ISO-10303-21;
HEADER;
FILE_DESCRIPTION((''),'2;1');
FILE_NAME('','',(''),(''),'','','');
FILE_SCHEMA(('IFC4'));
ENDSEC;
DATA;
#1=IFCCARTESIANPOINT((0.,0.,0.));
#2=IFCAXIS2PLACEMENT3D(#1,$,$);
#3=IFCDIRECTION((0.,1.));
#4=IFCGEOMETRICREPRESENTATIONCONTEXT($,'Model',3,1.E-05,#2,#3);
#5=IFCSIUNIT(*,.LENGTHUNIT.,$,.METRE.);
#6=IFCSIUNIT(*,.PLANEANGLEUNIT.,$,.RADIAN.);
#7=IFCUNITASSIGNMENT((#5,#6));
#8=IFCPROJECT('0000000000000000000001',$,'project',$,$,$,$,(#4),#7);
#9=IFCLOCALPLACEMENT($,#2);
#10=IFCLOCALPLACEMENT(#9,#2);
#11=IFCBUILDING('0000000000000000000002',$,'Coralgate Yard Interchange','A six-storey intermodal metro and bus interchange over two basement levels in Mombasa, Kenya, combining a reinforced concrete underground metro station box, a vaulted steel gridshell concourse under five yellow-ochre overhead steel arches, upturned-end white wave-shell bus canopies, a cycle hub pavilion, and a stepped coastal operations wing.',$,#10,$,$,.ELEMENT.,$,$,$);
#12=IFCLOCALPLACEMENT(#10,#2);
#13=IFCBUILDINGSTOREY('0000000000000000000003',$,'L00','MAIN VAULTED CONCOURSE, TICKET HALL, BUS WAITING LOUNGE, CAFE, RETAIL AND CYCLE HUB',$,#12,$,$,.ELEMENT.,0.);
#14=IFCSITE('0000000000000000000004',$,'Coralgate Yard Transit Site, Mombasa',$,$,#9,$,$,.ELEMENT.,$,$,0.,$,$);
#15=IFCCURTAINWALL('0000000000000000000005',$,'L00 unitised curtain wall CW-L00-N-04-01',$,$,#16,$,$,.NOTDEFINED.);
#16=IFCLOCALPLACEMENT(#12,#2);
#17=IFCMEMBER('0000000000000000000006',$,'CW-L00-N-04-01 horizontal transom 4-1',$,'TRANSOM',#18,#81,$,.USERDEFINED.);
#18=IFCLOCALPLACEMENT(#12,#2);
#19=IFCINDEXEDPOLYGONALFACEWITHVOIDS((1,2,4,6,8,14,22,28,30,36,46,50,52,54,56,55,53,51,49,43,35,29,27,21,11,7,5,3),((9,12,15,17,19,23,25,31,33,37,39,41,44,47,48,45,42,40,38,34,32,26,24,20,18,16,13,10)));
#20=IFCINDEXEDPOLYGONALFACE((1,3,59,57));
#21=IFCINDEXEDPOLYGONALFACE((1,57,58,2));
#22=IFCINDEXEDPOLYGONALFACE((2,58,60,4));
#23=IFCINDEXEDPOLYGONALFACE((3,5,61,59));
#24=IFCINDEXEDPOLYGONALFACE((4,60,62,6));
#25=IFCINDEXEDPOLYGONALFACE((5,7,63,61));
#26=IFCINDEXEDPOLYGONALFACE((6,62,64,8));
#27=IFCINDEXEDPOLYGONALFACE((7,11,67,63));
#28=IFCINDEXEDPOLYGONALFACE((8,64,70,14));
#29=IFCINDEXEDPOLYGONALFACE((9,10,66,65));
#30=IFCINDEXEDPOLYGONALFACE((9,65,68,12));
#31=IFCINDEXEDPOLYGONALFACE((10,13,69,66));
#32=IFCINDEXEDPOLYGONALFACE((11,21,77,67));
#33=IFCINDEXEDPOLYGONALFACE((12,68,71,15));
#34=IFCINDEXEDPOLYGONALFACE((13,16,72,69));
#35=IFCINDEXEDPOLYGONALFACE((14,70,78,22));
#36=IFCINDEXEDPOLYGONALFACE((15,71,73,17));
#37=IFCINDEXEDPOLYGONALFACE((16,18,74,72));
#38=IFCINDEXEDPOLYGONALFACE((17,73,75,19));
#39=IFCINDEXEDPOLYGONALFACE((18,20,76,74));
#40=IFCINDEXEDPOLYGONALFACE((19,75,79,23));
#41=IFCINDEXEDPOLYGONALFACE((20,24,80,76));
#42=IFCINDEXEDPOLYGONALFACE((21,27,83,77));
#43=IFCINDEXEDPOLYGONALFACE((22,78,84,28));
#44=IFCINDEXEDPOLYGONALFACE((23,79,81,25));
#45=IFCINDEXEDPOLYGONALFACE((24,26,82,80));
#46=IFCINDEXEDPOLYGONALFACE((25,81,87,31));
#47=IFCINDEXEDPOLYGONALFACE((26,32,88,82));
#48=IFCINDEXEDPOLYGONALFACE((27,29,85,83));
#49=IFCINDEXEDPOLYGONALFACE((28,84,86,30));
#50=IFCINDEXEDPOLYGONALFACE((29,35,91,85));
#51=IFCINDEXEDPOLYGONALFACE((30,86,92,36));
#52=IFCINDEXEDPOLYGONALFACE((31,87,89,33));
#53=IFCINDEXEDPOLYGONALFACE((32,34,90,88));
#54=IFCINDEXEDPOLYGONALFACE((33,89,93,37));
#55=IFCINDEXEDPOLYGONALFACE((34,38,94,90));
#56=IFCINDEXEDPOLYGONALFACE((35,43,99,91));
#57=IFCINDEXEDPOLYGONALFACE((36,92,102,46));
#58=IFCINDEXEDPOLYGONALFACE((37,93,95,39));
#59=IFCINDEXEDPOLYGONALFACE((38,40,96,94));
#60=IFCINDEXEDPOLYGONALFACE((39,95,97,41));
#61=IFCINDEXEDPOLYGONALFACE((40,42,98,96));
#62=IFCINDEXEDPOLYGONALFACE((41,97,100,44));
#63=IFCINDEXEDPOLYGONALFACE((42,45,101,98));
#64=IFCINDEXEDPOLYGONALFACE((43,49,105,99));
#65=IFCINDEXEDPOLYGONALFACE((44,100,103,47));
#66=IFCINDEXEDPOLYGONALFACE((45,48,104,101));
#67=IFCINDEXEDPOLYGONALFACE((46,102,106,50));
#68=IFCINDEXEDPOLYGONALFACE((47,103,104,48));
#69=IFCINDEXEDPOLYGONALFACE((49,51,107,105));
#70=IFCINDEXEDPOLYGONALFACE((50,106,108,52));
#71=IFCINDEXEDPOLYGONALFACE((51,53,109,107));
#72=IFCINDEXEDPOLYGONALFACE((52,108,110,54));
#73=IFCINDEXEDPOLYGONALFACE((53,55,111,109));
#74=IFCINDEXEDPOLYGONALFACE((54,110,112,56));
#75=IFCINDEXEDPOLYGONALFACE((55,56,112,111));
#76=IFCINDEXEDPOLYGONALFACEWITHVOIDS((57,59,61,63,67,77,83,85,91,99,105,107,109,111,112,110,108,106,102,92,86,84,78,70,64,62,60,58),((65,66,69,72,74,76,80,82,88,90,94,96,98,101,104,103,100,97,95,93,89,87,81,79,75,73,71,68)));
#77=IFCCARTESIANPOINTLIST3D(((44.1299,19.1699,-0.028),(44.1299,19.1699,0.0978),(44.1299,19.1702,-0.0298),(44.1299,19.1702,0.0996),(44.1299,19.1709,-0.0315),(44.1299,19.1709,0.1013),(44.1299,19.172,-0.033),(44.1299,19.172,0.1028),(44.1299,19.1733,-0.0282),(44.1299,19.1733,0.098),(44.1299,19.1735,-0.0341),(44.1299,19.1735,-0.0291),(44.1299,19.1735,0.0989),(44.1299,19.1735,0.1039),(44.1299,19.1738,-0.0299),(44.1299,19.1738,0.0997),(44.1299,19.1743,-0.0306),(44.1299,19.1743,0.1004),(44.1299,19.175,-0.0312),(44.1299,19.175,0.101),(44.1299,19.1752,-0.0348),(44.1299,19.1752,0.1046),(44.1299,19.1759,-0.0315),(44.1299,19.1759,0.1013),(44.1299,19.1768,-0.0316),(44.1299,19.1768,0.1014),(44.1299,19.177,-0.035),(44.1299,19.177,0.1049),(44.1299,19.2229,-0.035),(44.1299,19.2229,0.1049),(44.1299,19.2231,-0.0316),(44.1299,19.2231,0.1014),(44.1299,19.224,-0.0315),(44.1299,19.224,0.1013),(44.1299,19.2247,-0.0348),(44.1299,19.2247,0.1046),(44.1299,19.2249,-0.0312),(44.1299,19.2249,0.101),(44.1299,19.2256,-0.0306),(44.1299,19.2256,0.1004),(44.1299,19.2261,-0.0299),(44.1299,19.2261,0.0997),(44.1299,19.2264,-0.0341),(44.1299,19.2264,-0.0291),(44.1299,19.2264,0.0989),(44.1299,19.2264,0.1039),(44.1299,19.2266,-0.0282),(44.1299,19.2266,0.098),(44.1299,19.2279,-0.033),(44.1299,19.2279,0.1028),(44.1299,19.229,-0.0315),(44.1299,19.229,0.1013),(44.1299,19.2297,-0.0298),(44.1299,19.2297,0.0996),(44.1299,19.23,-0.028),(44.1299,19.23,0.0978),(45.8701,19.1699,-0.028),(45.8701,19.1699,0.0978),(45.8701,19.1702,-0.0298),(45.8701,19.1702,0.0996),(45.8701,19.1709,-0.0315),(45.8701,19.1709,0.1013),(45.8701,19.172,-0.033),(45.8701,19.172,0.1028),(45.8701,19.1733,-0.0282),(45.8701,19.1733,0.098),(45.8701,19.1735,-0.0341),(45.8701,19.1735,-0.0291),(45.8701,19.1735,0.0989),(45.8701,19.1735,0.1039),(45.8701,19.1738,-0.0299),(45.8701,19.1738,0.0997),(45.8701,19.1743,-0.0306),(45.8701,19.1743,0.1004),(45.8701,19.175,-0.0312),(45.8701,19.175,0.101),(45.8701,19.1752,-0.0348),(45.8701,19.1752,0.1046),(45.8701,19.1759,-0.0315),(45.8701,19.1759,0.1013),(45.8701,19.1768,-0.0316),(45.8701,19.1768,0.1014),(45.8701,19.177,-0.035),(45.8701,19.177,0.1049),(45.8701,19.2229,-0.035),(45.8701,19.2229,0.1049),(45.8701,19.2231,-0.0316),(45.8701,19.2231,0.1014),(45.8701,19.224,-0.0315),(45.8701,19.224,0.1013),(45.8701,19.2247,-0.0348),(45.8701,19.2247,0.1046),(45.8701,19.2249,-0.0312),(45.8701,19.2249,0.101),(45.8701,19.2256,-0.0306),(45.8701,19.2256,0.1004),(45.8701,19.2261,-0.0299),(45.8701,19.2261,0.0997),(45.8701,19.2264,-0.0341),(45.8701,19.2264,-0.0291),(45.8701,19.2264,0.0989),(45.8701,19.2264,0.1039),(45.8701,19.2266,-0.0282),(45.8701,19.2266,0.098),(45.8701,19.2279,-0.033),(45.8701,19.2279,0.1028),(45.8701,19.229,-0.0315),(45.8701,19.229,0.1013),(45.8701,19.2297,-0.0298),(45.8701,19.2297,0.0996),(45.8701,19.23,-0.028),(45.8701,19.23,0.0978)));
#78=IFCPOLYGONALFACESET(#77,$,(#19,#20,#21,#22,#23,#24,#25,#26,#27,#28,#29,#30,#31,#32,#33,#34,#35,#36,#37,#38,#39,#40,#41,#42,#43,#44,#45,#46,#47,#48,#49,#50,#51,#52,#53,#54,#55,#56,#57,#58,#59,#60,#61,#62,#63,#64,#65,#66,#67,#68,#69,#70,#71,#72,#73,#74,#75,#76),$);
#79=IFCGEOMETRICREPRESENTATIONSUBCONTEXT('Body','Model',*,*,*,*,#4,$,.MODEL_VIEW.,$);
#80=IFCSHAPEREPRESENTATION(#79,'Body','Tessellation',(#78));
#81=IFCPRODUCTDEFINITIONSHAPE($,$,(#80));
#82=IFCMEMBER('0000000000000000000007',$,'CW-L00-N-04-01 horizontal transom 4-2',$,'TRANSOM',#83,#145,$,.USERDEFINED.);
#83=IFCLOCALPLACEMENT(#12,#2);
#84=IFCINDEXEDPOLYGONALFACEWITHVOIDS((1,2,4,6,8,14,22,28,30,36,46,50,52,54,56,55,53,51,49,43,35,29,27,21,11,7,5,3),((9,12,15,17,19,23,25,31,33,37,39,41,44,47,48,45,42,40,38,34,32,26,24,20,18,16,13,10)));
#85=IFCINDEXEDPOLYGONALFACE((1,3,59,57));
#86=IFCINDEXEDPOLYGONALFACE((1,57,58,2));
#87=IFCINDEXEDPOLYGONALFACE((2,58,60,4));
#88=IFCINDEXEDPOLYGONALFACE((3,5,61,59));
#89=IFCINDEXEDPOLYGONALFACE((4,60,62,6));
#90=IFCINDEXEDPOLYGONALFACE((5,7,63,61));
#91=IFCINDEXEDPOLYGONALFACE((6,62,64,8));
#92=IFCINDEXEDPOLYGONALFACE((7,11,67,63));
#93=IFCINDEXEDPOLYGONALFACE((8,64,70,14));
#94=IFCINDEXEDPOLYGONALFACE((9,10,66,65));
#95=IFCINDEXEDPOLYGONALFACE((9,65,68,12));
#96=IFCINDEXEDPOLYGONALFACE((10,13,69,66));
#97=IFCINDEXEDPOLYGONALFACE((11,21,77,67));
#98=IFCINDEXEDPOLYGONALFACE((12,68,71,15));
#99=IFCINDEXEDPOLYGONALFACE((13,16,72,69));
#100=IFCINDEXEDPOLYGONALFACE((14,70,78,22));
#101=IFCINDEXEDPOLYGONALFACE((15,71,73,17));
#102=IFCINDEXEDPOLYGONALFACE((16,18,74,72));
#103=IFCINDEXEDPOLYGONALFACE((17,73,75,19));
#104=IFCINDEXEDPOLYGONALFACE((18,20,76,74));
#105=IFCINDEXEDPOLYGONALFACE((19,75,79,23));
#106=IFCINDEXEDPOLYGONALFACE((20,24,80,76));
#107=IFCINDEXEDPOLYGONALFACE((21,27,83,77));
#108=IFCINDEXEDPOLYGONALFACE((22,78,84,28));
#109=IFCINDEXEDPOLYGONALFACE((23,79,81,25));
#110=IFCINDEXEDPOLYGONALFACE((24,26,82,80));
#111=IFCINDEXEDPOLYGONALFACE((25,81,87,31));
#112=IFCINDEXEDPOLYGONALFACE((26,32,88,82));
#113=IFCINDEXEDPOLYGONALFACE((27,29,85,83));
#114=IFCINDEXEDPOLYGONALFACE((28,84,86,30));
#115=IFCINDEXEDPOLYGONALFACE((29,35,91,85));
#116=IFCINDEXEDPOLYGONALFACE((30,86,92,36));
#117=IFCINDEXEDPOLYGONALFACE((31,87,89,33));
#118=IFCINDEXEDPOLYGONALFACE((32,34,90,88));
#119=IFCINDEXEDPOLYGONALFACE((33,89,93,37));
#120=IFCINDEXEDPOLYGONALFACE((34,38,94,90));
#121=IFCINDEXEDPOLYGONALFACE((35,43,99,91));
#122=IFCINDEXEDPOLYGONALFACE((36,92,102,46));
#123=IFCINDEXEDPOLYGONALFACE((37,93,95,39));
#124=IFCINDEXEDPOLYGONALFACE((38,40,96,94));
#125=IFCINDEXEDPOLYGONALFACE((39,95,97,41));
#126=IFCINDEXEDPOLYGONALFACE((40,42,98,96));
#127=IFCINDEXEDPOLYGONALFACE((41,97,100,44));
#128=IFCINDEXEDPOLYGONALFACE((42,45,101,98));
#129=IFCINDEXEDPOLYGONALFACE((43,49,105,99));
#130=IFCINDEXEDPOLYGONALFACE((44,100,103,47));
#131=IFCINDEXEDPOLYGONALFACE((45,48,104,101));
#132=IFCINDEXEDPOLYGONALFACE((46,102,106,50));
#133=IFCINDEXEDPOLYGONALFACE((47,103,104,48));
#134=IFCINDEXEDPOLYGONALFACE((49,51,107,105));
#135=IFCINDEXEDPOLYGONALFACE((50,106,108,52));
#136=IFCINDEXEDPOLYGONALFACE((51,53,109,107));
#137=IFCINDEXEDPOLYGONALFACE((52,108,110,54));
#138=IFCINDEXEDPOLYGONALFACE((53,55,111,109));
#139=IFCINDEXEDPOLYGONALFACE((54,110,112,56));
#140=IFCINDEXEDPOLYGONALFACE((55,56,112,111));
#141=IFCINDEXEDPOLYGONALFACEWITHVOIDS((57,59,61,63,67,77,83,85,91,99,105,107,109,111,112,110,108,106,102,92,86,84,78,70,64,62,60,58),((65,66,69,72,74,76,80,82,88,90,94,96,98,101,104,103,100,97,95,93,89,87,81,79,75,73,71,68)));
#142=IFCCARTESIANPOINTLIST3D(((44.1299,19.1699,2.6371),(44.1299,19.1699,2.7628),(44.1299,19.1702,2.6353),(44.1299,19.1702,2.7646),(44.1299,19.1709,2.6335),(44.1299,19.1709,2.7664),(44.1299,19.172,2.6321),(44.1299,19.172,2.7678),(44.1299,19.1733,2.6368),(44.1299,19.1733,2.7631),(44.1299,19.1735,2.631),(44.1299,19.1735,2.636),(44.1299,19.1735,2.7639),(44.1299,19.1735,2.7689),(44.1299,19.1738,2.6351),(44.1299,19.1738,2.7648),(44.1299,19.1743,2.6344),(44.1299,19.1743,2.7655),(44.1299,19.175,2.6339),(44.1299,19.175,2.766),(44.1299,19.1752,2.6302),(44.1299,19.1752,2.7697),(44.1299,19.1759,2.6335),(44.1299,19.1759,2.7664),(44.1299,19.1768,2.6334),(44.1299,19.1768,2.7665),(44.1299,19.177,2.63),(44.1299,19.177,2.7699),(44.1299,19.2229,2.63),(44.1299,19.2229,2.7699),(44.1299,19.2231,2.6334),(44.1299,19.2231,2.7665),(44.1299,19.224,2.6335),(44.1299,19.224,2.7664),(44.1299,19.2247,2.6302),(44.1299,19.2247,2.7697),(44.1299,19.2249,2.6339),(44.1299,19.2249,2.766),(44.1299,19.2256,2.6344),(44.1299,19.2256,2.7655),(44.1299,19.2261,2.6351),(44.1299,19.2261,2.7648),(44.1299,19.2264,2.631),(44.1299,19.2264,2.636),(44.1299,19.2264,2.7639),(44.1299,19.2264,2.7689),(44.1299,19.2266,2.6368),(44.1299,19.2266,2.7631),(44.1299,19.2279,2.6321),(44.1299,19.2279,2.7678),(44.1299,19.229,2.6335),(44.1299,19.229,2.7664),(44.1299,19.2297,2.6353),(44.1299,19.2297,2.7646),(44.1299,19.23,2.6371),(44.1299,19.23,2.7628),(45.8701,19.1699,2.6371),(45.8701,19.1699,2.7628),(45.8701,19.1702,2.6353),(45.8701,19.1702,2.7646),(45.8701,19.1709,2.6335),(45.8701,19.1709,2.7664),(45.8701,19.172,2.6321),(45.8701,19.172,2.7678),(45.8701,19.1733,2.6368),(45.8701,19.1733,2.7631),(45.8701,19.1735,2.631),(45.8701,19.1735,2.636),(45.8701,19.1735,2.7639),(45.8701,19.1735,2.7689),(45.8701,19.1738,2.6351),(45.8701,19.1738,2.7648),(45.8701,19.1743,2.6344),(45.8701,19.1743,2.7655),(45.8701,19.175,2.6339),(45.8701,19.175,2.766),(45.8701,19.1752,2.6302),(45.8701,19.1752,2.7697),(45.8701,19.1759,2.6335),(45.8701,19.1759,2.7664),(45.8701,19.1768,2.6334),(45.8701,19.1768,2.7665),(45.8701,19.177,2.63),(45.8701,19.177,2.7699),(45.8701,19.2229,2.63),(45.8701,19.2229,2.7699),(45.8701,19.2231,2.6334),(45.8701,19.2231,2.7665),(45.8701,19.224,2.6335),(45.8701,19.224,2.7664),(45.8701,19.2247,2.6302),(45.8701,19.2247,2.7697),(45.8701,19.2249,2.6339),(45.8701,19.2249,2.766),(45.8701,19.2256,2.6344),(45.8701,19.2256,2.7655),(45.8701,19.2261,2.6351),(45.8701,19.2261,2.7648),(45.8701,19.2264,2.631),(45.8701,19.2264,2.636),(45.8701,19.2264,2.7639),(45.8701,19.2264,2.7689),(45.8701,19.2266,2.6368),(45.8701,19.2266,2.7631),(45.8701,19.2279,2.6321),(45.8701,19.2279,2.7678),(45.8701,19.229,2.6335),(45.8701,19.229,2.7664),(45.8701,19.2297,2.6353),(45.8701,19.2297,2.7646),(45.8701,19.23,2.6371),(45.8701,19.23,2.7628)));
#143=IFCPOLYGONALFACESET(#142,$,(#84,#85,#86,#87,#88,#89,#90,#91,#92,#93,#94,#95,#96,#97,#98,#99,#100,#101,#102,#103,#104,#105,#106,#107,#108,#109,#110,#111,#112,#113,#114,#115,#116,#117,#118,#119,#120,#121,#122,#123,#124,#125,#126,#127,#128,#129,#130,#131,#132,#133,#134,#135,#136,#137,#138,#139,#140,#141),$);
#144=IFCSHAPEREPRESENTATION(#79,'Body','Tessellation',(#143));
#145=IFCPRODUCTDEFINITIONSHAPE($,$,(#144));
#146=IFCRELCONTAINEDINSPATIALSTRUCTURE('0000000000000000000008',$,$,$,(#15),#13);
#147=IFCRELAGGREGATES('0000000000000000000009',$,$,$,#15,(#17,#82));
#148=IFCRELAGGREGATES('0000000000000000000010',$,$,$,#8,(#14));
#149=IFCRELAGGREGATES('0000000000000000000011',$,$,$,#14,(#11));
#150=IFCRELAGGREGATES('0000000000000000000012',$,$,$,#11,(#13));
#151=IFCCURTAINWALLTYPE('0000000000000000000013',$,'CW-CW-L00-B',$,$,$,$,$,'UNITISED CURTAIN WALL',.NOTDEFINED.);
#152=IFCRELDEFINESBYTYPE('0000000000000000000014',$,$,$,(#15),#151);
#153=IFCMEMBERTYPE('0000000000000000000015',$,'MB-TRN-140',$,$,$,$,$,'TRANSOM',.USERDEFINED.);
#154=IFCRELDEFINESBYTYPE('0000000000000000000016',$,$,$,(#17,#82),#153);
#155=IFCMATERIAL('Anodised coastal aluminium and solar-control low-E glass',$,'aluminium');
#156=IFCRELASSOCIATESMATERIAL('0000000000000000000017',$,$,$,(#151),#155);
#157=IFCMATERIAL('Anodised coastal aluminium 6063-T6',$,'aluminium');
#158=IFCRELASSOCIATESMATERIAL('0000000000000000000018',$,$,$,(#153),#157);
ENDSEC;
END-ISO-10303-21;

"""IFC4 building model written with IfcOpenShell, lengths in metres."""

from ifc_helpers import new_model, si_unit, direction, frame, origin, origin_2d, place, context, subcontext, project, spatial, hollow_rectangle, extrude, material, material_profile, profile_set, type_object, element, aggregate, save


model = new_model("IFC4")

# Units and contexts
model_context = context("Model", 3, precision=1e-05, world=origin(), true_north=direction((0.0, 1.0)))
body_context = subcontext(model_context, "Body", "Model", "MODEL_VIEW")
ifc_project = project(units=[si_unit("LENGTHUNIT", "METRE"), si_unit("PLANEANGLEUNIT", "RADIAN")], contexts=[model_context])

# Site, building, storey
site_placement = place(None, origin())
site = spatial("IfcSite", under=ifc_project, at=site_placement, Name="Coralgate Yard Transit Site, Mombasa", CompositionType="ELEMENT", RefElevation=0.0)
building_placement = place(site_placement, origin())
building = spatial("IfcBuilding", under=site, at=building_placement, Name="Coralgate Yard Interchange", Description="A six-storey intermodal metro and bus interchange over two basement levels in Mombasa, Kenya, combining a reinforced concrete underground metro station box, a vaulted steel gridshell concourse under five yellow-ochre overhead steel arches, upturned-end white wave-shell bus canopies, a cycle hub pavilion, and a stepped coastal operations wing.", CompositionType="ELEMENT")
storey_placement = place(building_placement, origin())
storey = spatial("IfcBuildingStorey", under=building, at=storey_placement, Name="L00", Description="MAIN VAULTED CONCOURSE, TICKET HALL, BUS WAITING LOUNGE, CAFE, RETAIL AND CYCLE HUB", CompositionType="ELEMENT", Elevation=0.0)

# Curtain wall, members
ifc_material_1 = material(Name="Anodised coastal aluminium and solar-control low-E glass", Category="aluminium")
curtain_wall_type = type_object("IfcCurtainWallType", Name="CW-CW-L00-B", ElementType="UNITISED CURTAIN WALL", PredefinedType="NOTDEFINED", material=ifc_material_1)
curtain_wall_placement = place(storey_placement, origin())
curtain_wall = element("IfcCurtainWall", 1, at=curtain_wall_placement, inside=storey, type_object=curtain_wall_type, Name="L00 unitised curtain wall CW-L00-N-04-01", PredefinedType="NOTDEFINED")
ifc_material_2 = material(Name="Anodised coastal aluminium 6063-T6", Category="aluminium")
ifc_material_profile_1 = material_profile(ifc_material_2, hollow_rectangle(XDim=0.0601, YDim=0.1399, WallThickness=0.0034, InnerFilletRadius=0.0034, OuterFilletRadius=0.0071, at=origin_2d()), Name="ALU 60x140x3.5")
ifc_profile_set_1 = profile_set([ifc_material_profile_1], Name="Anodised coastal aluminium 6063-T6")
member_type_1 = type_object("IfcMemberType", Name="MB-TRN-140", ElementType="TRANSOM", PredefinedType="USERDEFINED", material=ifc_profile_set_1)
member_1_placement = place(storey_placement, frame((44.1299, 19.2, 0.0349), z_axis=(1.0, 0.0, 0.0), x_axis=(0.0, 1.0, 0.0)))
member_1 = element("IfcMember", 2, at=member_1_placement, type_object=member_type_1, Name="CW-L00-N-04-01 horizontal transom 4-1", ObjectType="TRANSOM", PredefinedType="USERDEFINED", context=body_context, shape_type="SweptSolid", body=[
    extrude(hollow_rectangle(XDim=0.0601, YDim=0.1399, WallThickness=0.0034, InnerFilletRadius=0.0034, OuterFilletRadius=0.0071, at=origin_2d()), origin(), (0.0, 0.0, 1.0), 1.7402),
])
member_2_placement = place(storey_placement, frame((44.1299, 19.2, 2.7), z_axis=(1.0, 0.0, 0.0), x_axis=(0.0, 1.0, 0.0)))
member_2 = element("IfcMember", 3, at=member_2_placement, type_object=member_type_1, Name="CW-L00-N-04-01 horizontal transom 4-2", ObjectType="TRANSOM", PredefinedType="USERDEFINED", context=body_context, shape_type="SweptSolid", body=[
    extrude(hollow_rectangle(XDim=0.0601, YDim=0.1399, WallThickness=0.0034, InnerFilletRadius=0.0034, OuterFilletRadius=0.0071, at=origin_2d()), origin(), (0.0, 0.0, 1.0), 1.7402),
])
aggregate(curtain_wall, [member_1, member_2])

save(model, "model.ifc")
